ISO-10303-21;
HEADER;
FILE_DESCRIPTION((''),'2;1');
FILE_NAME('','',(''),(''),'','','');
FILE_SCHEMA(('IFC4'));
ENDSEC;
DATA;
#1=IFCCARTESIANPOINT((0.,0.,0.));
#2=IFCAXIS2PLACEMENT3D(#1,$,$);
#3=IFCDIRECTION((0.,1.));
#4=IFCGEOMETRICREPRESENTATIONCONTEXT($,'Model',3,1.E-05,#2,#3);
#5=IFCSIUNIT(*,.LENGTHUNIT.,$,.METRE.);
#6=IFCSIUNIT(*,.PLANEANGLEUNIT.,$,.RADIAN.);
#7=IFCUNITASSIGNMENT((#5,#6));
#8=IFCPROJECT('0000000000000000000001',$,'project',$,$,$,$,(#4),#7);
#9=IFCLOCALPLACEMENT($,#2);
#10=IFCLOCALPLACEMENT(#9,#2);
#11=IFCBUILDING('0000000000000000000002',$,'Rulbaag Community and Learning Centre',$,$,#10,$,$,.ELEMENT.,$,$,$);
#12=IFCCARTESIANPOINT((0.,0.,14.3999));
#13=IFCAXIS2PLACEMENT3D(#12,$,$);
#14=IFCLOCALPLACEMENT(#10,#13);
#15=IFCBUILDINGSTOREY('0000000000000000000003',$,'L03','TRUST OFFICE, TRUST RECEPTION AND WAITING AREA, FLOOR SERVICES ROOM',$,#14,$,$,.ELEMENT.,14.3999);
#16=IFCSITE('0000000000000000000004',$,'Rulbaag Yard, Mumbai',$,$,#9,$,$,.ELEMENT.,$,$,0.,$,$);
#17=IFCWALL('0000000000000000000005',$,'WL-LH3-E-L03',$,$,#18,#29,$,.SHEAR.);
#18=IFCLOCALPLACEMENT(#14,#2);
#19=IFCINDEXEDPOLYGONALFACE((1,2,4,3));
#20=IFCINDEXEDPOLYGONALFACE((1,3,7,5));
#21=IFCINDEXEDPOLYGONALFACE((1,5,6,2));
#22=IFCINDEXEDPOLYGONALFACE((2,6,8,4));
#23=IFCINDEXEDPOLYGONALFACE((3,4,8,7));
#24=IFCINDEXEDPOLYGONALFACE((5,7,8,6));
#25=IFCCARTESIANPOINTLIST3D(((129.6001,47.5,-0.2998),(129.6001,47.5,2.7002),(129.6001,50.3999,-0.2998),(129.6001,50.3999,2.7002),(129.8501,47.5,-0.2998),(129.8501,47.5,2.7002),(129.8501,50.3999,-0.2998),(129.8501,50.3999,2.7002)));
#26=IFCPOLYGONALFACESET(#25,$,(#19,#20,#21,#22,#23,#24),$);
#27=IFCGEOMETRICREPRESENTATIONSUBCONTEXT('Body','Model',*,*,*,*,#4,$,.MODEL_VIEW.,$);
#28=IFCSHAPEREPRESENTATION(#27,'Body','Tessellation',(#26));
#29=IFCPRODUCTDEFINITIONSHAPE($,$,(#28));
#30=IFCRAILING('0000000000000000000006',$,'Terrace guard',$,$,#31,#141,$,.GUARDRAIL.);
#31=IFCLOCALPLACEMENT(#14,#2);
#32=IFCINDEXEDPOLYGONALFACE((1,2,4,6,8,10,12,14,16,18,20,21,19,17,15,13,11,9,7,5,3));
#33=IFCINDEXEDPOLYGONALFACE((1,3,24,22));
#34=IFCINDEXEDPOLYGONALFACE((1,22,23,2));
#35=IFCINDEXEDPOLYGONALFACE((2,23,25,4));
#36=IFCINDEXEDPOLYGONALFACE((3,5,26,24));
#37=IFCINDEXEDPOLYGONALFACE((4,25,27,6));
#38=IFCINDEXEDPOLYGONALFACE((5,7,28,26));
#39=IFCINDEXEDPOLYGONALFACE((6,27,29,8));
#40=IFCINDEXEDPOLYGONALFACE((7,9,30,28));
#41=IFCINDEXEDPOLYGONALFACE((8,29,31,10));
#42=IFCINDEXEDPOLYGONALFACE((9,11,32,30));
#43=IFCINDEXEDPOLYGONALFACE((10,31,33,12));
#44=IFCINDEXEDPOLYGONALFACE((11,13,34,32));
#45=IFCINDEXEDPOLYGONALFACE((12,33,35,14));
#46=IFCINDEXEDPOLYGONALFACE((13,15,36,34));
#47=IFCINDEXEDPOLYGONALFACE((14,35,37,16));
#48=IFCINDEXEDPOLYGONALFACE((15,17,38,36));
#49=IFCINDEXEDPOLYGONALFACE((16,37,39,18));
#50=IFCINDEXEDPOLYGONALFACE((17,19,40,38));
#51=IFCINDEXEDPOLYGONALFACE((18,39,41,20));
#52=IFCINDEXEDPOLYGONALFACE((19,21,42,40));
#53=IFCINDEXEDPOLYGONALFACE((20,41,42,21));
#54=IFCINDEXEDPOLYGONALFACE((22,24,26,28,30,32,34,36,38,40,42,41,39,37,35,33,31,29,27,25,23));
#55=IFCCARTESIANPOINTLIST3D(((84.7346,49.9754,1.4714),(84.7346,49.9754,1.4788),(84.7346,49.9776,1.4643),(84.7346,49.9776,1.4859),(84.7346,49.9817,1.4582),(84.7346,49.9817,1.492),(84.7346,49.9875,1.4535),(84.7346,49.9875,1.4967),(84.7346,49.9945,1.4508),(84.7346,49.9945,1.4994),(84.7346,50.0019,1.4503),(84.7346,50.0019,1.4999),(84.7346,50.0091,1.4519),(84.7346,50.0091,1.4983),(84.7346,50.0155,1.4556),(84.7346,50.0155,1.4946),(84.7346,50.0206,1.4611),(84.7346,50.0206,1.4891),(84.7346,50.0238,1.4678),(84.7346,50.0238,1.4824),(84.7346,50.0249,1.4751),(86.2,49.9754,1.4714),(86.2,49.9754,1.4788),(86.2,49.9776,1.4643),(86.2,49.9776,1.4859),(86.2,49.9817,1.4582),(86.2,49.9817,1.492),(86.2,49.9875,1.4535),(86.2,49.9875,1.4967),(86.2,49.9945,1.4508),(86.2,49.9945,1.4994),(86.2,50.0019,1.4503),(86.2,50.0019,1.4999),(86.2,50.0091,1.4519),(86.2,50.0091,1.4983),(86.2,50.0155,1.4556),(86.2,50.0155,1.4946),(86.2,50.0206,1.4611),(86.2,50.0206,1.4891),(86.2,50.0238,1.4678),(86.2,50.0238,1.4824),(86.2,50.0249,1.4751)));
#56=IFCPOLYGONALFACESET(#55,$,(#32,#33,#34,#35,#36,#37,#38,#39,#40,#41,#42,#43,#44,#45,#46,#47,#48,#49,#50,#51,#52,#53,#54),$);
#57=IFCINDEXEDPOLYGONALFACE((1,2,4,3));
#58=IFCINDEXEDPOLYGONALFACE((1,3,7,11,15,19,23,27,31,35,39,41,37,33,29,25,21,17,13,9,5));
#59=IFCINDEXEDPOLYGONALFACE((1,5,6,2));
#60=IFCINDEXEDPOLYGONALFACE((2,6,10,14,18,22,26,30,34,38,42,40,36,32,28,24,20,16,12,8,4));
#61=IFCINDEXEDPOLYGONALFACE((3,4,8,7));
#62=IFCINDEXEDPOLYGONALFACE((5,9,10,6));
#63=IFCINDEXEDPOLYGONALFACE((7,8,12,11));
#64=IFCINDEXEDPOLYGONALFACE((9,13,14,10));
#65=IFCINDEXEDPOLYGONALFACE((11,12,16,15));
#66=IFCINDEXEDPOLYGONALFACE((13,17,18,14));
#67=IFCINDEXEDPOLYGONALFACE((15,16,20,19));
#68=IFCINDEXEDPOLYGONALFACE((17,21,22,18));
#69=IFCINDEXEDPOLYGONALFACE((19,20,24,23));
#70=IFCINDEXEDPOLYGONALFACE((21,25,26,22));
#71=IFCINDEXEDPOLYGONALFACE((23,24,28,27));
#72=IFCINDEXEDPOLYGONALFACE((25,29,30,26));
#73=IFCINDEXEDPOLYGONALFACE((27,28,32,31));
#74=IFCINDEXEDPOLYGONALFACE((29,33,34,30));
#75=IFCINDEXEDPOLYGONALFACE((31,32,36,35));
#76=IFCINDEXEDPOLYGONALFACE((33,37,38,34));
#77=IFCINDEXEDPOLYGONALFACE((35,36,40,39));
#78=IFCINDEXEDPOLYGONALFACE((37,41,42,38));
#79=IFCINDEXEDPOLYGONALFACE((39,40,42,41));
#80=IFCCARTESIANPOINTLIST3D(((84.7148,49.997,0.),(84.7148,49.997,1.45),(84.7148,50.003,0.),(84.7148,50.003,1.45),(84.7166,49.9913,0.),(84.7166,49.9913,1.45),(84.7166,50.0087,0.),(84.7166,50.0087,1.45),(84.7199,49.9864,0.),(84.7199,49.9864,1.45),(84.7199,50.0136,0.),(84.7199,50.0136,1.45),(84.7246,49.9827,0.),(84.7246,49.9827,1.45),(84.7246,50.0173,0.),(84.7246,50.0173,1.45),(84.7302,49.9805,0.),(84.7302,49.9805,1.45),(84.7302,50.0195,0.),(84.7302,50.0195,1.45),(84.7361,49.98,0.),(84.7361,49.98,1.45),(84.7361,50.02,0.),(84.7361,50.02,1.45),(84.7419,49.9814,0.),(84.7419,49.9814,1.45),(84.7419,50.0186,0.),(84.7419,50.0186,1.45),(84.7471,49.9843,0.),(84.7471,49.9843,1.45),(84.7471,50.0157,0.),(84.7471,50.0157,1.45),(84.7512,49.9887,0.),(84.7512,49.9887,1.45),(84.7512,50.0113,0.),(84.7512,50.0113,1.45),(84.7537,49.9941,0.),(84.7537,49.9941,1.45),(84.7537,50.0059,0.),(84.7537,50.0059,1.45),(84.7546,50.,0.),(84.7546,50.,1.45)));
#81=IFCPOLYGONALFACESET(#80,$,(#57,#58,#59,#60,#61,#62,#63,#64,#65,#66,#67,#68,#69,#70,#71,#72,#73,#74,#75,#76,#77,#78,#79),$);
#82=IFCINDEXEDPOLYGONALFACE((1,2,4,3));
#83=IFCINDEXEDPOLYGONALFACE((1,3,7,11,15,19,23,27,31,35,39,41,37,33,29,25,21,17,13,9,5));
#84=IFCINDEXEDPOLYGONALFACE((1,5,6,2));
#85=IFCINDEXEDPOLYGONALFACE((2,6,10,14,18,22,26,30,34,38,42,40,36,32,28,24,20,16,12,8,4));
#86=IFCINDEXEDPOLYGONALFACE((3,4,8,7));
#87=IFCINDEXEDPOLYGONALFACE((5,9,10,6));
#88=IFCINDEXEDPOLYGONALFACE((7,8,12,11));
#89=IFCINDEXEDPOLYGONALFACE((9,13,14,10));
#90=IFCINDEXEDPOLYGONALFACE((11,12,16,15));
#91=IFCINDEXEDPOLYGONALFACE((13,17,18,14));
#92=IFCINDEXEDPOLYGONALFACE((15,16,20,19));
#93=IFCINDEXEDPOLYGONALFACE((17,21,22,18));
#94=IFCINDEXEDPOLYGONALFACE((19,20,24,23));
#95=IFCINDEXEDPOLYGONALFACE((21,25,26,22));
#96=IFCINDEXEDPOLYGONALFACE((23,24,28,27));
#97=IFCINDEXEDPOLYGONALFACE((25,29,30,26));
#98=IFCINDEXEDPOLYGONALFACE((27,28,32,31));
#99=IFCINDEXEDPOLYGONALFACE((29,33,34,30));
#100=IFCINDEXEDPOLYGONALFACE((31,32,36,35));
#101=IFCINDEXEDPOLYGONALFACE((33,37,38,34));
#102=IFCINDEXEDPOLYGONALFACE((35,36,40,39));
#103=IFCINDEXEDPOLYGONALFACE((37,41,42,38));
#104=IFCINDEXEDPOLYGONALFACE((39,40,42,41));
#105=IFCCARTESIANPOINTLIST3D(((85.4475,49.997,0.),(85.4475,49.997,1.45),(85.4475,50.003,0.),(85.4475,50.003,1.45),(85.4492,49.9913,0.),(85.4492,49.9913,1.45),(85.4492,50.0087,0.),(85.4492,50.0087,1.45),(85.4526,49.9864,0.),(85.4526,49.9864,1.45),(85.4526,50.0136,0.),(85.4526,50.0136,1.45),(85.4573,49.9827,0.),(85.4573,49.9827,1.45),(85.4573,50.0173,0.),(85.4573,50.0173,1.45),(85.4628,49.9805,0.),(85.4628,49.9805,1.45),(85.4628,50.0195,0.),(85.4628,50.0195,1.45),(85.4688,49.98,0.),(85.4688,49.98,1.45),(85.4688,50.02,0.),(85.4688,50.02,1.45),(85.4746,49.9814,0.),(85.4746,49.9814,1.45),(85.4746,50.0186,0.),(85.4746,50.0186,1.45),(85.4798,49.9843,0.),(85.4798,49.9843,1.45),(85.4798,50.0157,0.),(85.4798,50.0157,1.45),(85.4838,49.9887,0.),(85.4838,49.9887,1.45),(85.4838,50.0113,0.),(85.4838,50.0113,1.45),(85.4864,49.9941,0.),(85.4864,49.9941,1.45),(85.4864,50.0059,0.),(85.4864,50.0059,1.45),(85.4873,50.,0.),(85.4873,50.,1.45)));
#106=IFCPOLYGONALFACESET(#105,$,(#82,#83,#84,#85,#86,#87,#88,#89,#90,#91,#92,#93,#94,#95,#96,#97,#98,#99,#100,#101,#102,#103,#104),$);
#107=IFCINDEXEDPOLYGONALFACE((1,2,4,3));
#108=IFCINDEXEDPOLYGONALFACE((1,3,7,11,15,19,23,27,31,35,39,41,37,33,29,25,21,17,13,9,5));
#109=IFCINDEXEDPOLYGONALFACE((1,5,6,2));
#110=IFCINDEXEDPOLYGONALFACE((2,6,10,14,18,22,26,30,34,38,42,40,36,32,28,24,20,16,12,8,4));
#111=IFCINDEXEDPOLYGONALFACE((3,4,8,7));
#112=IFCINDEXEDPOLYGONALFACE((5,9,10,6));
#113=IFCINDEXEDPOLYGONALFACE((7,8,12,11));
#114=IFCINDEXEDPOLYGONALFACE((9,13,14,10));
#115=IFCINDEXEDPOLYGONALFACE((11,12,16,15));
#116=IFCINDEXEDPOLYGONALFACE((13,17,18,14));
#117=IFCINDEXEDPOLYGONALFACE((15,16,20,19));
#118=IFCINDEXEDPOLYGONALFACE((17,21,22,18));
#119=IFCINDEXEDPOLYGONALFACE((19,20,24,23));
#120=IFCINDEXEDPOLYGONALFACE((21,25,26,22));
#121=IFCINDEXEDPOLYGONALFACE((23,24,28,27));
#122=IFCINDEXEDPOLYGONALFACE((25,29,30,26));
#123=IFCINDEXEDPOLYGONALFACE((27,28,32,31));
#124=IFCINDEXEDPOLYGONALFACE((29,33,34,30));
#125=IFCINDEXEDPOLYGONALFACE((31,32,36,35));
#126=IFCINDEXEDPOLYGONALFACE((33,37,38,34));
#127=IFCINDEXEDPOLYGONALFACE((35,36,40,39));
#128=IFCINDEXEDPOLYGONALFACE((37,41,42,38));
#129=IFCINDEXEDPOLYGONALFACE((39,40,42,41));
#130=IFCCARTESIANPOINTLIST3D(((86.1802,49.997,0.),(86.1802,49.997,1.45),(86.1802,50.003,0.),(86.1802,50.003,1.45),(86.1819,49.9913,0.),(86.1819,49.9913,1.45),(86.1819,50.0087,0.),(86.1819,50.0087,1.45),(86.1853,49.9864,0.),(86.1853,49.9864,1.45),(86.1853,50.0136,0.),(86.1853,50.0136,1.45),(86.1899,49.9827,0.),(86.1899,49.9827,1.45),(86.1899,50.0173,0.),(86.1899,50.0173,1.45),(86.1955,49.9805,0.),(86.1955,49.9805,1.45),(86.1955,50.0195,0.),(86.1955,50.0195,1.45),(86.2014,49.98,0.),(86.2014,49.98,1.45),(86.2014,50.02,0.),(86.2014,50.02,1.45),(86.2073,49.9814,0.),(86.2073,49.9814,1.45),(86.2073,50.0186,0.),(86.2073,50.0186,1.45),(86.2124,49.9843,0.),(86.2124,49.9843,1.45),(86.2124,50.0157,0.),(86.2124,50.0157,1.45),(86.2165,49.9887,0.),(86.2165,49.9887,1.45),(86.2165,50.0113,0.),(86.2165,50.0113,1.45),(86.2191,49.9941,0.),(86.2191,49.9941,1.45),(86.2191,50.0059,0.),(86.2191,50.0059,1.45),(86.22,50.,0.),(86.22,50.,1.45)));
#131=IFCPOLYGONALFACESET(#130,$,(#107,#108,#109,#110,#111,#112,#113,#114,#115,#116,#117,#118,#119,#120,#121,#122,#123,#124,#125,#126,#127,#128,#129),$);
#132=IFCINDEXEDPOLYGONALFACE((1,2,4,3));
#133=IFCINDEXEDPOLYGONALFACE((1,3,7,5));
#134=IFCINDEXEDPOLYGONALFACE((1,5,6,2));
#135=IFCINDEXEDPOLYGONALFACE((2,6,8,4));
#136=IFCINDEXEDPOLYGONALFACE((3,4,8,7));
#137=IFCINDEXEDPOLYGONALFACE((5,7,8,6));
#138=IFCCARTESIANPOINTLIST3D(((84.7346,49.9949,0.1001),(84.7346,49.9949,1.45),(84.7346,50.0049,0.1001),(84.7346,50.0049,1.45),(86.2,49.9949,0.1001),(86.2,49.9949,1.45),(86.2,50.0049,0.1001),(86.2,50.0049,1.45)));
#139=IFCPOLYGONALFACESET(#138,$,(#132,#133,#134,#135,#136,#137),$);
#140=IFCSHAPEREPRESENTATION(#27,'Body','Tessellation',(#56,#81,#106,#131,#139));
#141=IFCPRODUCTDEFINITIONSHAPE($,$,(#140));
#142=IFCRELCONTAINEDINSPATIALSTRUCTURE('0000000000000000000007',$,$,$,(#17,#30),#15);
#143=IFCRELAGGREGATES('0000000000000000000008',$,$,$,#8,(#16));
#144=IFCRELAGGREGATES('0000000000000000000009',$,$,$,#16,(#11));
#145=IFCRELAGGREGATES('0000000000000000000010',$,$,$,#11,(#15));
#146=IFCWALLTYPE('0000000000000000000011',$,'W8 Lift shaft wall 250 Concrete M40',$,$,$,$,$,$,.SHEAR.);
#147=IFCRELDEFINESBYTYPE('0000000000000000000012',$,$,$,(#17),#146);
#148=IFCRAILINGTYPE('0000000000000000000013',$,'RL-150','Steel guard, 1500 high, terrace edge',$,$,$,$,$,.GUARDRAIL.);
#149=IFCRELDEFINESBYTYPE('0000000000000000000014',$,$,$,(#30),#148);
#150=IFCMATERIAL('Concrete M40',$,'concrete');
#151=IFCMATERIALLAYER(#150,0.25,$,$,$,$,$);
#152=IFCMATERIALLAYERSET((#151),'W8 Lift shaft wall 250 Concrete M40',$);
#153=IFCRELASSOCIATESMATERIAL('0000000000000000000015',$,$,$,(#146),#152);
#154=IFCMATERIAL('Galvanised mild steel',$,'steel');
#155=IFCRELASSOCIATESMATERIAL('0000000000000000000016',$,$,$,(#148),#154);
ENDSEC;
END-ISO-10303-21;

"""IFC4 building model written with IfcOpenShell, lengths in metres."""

from ifc_helpers import new_model, si_unit, direction, frame, frame_2d, origin, origin_2d, place, context, subcontext, project, spatial, polyline, rectangle, circle, outline, extrude, material, layer, layer_set, type_object, element, save


model = new_model("IFC4")

# Units and contexts
model_context = context("Model", 3, precision=1e-05, world=origin(), true_north=direction((0.0, 1.0)))
body_context = subcontext(model_context, "Body", "Model", "MODEL_VIEW")
ifc_project = project(units=[si_unit("LENGTHUNIT", "METRE"), si_unit("PLANEANGLEUNIT", "RADIAN")], contexts=[model_context])

# Site, building, storey
site_placement = place(None, origin())
site = spatial("IfcSite", under=ifc_project, at=site_placement, Name="Rulbaag Yard, Mumbai", CompositionType="ELEMENT", RefElevation=0.0)
building_placement = place(site_placement, origin())
building = spatial("IfcBuilding", under=site, at=building_placement, Name="Rulbaag Community and Learning Centre", CompositionType="ELEMENT")
storey_placement = place(building_placement, frame((0.0, 0.0, 14.3999)))
storey = spatial("IfcBuildingStorey", under=building, at=storey_placement, Name="L03", Description="TRUST OFFICE, TRUST RECEPTION AND WAITING AREA, FLOOR SERVICES ROOM", CompositionType="ELEMENT", Elevation=14.3999)

# Shared definitions
ifc_material_1 = material(Name="Concrete M40", Category="concrete")

# Shared definitions
ifc_layer_1 = layer(ifc_material_1, 0.25)
ifc_layer_set_1 = layer_set([ifc_layer_1], Name="W8 Lift shaft wall 250 Concrete M40")
wall_type_1 = type_object("IfcWallType", Name="W8 Lift shaft wall 250 Concrete M40", PredefinedType="SHEAR", material=ifc_layer_set_1)

# Wall
for number, where, z_axis, x_axis, name in (
    (1, (129.7251, 47.5, -0.2998), (0.0, 0.0, 1.0), (0.0, 1.0, 0.0), "WL-LH3-E-L03"),
):
    element("IfcWall", number, at=place(storey_placement, frame(where, z_axis=z_axis, x_axis=x_axis)), inside=storey, type_object=wall_type_1, Name=name, PredefinedType="SHEAR", context=body_context, shape_type="SweptSolid", body=[
        extrude(rectangle(XDim=2.8999, YDim=0.25, at=frame_2d((1.45, 0.0))), origin(), (0.0, 0.0, 1.0), 3.0),
    ])

# Railing
ifc_material_2 = material(Name="Galvanised mild steel", Category="steel")
railing_type = type_object("IfcRailingType", Name="RL-150", Description="Steel guard, 1500 high, terrace edge", PredefinedType="GUARDRAIL", material=ifc_material_2)
railing_1_placement = place(storey_placement, frame((84.7346, 50.0, 0.0)))
element("IfcRailing", 2, at=railing_1_placement, inside=storey, type_object=railing_type, Name="Terrace guard", PredefinedType="GUARDRAIL", context=body_context, shape_type="SweptSolid", body=[
    extrude(circle(Radius=0.0249, at=origin_2d()), frame((0.0, 0.0, 1.4751), z_axis=(1.0, 0.0, 0.0), x_axis=(0.0, 1.0, 0.0)), (0.0, 0.0, 1.0), 1.4653),
    extrude(circle(Radius=0.02, at=origin_2d()), origin(), (0.0, 0.0, 1.0), 1.45),
    extrude(circle(Radius=0.02, at=origin_2d()), frame((0.7327, 0.0, 0.0)), (0.0, 0.0, 1.0), 1.45),
    extrude(circle(Radius=0.02, at=origin_2d()), frame((1.4653, 0.0, 0.0)), (0.0, 0.0, 1.0), 1.45),
    extrude(outline(polyline([(0.0, 0.0), (1.4653, 0.0), (1.4653, 1.3499), (0.0, 1.3499), (0.0, 0.0)])), frame((0.0, 0.0049, 0.1001), z_axis=(0.0, -1.0, 0.0), x_axis=(1.0, 0.0, 0.0)), (0.0, 0.0, 1.0), 0.01),
])

save(model, "model.ifc")
